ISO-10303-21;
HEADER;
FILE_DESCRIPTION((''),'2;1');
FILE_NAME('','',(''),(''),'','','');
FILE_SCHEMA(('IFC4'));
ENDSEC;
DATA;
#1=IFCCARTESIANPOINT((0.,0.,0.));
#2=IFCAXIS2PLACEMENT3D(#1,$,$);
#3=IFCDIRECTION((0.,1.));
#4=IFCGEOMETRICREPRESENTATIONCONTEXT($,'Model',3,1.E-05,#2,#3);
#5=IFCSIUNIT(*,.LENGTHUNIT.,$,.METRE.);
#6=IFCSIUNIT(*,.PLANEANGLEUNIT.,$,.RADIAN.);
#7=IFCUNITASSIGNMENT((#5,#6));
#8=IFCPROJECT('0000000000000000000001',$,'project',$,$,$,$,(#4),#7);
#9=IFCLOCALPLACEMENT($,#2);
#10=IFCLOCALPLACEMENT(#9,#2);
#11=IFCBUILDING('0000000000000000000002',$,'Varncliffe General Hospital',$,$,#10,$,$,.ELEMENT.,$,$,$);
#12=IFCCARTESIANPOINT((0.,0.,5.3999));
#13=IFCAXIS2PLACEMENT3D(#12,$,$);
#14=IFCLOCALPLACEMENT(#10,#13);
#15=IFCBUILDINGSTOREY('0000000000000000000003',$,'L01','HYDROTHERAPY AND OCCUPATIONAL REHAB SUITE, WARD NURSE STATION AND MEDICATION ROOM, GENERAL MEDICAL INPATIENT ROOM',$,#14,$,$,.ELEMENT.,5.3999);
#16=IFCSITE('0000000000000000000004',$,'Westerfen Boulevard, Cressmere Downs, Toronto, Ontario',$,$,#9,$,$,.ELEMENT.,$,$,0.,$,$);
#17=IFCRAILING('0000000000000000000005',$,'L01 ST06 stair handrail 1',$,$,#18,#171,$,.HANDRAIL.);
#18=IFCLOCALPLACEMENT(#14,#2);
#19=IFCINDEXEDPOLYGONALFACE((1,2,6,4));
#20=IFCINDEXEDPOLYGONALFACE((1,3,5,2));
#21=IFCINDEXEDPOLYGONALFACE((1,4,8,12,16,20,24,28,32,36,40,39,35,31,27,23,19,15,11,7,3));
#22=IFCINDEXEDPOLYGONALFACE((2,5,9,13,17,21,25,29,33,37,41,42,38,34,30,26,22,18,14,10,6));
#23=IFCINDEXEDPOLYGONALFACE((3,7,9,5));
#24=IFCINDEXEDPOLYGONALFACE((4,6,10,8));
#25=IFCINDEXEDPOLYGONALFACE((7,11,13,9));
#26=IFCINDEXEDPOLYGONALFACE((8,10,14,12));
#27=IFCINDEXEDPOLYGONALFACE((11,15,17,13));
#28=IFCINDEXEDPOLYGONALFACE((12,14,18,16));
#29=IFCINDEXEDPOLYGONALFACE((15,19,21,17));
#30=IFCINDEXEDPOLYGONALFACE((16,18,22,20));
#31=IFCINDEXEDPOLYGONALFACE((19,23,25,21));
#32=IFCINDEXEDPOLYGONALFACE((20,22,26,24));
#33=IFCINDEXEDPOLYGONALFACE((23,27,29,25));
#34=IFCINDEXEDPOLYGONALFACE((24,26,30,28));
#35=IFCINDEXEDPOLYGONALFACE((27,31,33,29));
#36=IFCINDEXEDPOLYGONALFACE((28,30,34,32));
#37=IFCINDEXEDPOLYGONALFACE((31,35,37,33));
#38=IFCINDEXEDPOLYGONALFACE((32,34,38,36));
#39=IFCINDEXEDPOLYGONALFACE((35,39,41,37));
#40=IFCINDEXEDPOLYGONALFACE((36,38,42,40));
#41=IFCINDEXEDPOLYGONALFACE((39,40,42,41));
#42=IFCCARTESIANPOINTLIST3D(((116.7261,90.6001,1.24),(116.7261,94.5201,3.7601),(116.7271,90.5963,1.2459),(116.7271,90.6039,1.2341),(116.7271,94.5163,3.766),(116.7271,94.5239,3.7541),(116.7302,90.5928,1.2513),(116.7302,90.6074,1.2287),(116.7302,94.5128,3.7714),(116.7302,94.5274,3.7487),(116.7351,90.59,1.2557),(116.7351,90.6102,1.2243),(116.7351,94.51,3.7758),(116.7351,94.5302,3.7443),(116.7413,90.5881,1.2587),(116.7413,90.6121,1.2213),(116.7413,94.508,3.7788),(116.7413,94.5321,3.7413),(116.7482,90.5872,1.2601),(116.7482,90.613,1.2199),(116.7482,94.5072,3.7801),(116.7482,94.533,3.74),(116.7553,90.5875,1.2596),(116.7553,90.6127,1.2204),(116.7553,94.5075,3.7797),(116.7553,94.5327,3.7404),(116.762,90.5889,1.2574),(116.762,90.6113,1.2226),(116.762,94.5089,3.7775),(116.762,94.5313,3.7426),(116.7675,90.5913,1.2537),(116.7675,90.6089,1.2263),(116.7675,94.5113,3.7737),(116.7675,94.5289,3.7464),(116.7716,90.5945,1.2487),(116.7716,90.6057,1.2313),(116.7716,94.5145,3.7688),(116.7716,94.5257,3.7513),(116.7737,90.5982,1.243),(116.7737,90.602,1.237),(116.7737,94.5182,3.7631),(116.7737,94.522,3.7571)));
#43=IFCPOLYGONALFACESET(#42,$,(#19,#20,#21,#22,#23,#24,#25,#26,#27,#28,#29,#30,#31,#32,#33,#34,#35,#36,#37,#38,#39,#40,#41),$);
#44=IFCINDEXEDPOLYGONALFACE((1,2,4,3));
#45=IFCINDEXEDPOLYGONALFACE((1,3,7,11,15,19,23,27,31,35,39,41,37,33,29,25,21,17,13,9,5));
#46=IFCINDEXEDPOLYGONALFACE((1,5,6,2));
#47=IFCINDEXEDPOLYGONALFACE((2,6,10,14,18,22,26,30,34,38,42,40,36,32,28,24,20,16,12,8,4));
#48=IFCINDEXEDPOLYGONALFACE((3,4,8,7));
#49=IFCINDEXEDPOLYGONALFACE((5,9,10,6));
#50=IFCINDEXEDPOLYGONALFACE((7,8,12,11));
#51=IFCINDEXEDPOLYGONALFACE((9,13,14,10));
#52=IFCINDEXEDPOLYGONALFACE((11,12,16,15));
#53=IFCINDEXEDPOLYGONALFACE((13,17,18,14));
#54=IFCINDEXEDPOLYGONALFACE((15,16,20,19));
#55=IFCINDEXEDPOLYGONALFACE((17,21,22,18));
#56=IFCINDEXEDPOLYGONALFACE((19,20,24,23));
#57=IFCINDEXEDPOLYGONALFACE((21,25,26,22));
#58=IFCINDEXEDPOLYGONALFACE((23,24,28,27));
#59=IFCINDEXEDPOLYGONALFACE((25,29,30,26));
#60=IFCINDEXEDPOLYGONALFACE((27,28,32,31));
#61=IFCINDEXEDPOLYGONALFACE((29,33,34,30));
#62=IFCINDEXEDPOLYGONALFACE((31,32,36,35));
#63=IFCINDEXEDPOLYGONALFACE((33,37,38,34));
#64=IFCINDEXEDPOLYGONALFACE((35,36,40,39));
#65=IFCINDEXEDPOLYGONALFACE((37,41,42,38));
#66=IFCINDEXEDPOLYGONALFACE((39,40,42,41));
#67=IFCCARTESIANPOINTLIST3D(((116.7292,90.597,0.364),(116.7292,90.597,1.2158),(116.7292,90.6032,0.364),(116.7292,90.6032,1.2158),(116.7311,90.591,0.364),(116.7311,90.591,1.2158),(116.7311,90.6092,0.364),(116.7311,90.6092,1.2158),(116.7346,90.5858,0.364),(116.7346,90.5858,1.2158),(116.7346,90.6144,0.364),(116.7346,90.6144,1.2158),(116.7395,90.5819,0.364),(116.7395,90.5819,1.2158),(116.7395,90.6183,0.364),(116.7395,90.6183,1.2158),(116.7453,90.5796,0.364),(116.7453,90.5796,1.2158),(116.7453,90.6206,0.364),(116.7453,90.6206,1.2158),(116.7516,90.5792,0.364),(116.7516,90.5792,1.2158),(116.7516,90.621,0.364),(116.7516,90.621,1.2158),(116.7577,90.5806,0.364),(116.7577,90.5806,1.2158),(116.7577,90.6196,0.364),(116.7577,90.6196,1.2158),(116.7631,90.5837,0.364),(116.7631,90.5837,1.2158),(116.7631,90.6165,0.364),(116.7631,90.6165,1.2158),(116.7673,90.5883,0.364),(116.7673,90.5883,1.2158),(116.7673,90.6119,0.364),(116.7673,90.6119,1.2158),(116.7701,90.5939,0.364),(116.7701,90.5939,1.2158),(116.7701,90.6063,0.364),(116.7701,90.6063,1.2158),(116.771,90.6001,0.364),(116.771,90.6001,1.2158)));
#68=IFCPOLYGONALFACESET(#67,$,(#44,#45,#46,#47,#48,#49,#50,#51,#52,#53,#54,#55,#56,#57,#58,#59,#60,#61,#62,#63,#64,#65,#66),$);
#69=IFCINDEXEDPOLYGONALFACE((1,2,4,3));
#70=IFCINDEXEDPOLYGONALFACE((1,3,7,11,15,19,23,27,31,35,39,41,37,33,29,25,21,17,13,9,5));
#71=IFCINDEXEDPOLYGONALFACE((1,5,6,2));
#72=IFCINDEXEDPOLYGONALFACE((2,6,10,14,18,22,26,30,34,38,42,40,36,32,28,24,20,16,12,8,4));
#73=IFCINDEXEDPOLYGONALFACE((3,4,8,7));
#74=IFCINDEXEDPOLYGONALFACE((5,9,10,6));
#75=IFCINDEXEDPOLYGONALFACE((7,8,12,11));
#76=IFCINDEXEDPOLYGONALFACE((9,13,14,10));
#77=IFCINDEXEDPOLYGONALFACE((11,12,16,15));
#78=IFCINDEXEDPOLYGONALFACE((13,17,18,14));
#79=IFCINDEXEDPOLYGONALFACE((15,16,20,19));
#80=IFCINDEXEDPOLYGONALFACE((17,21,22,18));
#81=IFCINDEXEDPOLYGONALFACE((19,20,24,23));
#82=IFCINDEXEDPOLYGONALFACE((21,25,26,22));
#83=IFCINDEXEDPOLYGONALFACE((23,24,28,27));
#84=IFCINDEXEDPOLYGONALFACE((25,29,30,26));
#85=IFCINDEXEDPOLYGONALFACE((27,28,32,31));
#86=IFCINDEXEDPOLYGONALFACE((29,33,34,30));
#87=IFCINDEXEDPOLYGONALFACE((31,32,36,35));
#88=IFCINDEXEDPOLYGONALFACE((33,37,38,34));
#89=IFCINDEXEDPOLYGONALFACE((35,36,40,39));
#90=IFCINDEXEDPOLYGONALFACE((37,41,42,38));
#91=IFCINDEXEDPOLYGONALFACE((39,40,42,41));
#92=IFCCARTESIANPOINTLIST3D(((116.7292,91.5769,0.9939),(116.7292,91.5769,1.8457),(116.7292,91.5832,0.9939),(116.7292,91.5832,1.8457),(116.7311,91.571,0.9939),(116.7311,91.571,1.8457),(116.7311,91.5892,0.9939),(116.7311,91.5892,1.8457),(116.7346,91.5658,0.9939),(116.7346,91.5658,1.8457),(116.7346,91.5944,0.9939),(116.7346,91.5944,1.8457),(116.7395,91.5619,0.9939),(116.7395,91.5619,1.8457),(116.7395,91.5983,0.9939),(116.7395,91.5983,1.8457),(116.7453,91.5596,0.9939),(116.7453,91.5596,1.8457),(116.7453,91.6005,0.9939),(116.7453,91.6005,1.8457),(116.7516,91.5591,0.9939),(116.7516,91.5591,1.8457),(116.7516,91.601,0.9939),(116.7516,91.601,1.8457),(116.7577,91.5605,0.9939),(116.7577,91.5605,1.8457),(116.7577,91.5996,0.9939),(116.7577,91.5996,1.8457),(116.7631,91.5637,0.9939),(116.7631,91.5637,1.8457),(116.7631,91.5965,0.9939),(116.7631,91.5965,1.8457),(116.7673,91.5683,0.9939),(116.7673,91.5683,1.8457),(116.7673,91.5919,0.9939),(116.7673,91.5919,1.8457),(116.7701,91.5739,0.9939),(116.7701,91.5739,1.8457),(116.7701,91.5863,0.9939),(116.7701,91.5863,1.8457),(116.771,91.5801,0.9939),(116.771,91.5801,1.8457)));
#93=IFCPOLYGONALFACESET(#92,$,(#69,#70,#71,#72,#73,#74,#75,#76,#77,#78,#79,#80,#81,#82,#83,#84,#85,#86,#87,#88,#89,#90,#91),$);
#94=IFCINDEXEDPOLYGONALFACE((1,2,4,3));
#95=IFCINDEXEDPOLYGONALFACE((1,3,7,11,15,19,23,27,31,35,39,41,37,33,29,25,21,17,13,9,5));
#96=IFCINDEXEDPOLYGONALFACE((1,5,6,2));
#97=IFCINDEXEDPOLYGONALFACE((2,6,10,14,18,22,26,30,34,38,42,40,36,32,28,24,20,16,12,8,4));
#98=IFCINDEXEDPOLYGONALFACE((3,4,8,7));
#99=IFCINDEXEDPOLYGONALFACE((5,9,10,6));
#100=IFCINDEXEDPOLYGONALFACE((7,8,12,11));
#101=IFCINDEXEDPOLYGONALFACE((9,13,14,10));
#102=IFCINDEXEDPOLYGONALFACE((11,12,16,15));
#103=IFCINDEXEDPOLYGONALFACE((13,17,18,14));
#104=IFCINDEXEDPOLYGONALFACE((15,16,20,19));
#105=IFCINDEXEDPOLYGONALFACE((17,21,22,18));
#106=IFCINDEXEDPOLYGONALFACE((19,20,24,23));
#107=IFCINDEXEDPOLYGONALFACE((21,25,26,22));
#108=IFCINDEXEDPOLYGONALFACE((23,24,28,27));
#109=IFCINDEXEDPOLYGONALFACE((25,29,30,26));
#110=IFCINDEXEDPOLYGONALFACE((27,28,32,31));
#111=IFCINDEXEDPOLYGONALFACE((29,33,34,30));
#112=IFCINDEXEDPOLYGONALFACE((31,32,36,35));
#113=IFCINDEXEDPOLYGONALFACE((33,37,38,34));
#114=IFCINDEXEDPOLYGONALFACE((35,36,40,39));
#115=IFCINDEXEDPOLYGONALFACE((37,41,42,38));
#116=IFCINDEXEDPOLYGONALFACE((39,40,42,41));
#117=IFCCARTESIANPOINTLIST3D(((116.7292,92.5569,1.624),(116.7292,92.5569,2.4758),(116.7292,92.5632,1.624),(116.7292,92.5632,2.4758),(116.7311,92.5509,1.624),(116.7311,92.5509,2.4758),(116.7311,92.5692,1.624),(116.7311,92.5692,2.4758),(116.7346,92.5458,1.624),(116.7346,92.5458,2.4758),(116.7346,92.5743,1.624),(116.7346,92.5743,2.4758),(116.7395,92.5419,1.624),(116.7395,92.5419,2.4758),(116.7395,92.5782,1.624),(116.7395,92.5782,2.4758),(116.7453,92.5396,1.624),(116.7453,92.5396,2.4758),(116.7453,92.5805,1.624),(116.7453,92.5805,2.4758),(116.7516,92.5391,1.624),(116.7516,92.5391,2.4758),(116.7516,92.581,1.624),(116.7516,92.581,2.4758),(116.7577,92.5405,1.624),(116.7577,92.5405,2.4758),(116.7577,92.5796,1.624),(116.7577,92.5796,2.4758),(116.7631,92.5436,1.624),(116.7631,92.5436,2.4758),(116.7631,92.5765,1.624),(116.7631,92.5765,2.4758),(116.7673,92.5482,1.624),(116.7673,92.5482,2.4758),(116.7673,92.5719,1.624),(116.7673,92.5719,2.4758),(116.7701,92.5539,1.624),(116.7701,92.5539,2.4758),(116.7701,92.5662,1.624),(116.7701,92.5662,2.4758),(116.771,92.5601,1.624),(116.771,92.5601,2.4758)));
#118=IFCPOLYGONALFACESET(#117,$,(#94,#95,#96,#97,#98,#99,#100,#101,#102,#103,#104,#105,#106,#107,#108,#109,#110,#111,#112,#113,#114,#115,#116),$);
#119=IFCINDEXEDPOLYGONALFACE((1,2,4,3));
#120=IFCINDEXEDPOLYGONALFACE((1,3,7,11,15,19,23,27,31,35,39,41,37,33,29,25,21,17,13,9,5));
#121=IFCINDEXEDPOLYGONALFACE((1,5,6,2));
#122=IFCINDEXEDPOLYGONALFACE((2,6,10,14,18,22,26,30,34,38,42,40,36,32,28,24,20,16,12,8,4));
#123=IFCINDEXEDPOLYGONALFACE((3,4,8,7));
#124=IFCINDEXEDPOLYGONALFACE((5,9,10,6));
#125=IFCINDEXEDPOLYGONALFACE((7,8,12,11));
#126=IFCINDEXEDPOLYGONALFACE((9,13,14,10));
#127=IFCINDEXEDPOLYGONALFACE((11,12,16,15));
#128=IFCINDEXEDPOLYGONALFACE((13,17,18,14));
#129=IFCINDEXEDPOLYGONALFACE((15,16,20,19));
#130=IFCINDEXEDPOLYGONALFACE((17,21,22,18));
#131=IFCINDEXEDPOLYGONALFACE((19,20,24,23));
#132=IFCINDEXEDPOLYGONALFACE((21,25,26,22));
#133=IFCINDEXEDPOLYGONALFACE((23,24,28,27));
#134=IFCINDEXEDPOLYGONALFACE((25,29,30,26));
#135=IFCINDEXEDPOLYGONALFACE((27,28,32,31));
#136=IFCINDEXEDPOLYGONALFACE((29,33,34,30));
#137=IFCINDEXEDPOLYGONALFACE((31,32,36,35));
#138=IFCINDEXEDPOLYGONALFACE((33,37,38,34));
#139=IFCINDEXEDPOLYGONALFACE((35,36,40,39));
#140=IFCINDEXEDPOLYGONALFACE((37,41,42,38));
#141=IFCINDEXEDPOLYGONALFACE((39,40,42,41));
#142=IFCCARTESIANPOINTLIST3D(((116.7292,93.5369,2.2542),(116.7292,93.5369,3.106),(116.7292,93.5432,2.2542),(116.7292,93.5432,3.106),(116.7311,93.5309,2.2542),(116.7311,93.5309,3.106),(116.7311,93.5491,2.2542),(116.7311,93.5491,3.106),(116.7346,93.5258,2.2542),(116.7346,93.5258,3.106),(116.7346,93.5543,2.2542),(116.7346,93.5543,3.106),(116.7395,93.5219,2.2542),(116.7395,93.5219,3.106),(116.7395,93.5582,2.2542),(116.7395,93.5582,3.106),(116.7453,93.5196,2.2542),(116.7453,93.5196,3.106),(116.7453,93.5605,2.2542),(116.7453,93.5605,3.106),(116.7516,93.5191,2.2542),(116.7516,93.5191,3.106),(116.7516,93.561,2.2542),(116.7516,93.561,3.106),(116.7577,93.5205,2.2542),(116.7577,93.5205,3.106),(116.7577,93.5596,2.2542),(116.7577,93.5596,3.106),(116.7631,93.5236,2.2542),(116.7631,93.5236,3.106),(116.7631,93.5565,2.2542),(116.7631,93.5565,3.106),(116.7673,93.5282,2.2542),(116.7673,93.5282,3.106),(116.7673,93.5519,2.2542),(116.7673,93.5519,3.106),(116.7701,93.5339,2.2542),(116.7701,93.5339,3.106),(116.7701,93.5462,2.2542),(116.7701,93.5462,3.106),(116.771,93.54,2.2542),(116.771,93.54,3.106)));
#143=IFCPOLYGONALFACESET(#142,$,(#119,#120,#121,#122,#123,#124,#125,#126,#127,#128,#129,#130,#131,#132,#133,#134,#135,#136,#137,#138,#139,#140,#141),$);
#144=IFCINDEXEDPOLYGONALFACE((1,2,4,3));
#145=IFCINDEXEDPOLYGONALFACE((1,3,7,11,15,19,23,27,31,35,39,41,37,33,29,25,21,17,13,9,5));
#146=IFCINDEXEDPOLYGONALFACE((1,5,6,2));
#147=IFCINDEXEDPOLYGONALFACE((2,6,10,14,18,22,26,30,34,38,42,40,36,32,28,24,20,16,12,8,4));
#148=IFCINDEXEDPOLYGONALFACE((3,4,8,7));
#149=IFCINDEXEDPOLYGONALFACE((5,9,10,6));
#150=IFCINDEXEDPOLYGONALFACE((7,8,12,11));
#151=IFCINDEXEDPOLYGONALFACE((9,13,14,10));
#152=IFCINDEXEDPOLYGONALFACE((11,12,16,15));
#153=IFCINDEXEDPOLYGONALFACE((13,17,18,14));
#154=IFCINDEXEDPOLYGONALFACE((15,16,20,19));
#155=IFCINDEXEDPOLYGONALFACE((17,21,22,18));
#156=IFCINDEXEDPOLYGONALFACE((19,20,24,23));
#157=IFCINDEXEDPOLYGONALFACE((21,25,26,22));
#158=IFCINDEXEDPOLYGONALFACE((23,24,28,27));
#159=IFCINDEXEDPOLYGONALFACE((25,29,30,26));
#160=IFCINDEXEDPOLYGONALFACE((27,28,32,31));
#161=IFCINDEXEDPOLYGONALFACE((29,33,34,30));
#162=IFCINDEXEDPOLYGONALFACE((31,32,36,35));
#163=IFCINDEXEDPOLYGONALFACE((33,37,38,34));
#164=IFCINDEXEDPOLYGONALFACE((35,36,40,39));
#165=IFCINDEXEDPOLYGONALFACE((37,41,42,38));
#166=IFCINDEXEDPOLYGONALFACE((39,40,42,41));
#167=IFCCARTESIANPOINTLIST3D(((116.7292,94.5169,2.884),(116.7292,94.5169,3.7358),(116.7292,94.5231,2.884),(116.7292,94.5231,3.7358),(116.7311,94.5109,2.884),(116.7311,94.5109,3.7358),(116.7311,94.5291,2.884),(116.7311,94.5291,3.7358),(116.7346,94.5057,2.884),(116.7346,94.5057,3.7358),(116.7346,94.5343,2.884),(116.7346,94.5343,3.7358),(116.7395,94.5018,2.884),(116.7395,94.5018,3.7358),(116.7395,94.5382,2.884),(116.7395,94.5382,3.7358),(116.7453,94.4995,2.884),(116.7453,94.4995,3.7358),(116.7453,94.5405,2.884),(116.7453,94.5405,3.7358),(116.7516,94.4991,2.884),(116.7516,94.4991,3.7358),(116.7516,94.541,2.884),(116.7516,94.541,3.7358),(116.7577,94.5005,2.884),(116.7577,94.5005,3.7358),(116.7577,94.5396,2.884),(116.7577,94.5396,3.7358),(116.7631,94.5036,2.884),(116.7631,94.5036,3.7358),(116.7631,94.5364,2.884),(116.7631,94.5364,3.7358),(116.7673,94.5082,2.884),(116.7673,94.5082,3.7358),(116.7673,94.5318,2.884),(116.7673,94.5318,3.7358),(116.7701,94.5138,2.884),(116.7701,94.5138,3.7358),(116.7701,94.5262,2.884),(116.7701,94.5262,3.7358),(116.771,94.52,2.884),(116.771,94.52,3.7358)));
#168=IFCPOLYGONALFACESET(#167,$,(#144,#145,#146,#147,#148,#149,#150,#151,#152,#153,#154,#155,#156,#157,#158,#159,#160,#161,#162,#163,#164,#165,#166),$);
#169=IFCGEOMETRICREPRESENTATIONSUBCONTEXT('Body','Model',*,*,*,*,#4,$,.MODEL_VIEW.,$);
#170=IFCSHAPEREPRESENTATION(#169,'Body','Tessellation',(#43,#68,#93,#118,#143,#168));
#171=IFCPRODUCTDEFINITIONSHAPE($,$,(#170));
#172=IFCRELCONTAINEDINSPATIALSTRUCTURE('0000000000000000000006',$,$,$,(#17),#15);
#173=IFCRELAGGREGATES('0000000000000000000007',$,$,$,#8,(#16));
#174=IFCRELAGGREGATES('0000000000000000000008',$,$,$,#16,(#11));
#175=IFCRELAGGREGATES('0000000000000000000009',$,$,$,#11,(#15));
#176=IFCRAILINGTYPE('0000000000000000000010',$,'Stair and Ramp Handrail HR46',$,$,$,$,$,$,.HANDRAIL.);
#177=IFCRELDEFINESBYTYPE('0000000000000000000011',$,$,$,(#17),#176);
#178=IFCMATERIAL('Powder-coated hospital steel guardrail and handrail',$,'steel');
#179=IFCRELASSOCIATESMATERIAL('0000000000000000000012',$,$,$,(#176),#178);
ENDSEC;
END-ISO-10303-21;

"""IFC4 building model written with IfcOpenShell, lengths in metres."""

from ifc_helpers import new_model, si_unit, direction, frame, origin, origin_2d, place, context, subcontext, project, spatial, circle, extrude, material, type_object, element, save


model = new_model("IFC4")

# Units and contexts
model_context = context("Model", 3, precision=1e-05, world=origin(), true_north=direction((0.0, 1.0)))
body_context = subcontext(model_context, "Body", "Model", "MODEL_VIEW")
ifc_project = project(units=[si_unit("LENGTHUNIT", "METRE"), si_unit("PLANEANGLEUNIT", "RADIAN")], contexts=[model_context])

# Site, building, storey
site_placement = place(None, origin())
site = spatial("IfcSite", under=ifc_project, at=site_placement, Name="Westerfen Boulevard, Cressmere Downs, Toronto, Ontario", CompositionType="ELEMENT", RefElevation=0.0)
building_placement = place(site_placement, origin())
building = spatial("IfcBuilding", under=site, at=building_placement, Name="Varncliffe General Hospital", CompositionType="ELEMENT")
storey_placement = place(building_placement, frame((0.0, 0.0, 5.3999)))
storey = spatial("IfcBuildingStorey", under=building, at=storey_placement, Name="L01", Description="HYDROTHERAPY AND OCCUPATIONAL REHAB SUITE, WARD NURSE STATION AND MEDICATION ROOM, GENERAL MEDICAL INPATIENT ROOM", CompositionType="ELEMENT", Elevation=5.3999)

# Railing
ifc_material_1 = material(Name="Powder-coated hospital steel guardrail and handrail", Category="steel")
railing_type_1 = type_object("IfcRailingType", Name="Stair and Ramp Handrail HR46", PredefinedType="HANDRAIL", material=ifc_material_1)
railing_1_placement = place(storey_placement, frame((116.75, 90.6001, 0.364)))
element("IfcRailing", 1, at=railing_1_placement, inside=storey, type_object=railing_type_1, Name="L01 ST06 stair handrail 1", PredefinedType="HANDRAIL", context=body_context, shape_type="SweptSolid", body=[
    extrude(circle(Radius=0.0239, at=origin_2d()), frame((0.0, 0.0, 0.876), z_axis=(0.0, 0.841172, 0.540768), x_axis=(-1.0, 0.0, 0.0)), (0.0, 0.0, 1.0), 4.6602),
    extrude(circle(Radius=0.021, at=origin_2d()), origin(), (0.0, 0.0, 1.0), 0.8518),
    extrude(circle(Radius=0.021, at=origin_2d()), frame((0.0, 0.98, 0.6299)), (0.0, 0.0, 1.0), 0.8518),
    extrude(circle(Radius=0.021, at=origin_2d()), frame((0.0, 1.96, 1.26)), (0.0, 0.0, 1.0), 0.8518),
    extrude(circle(Radius=0.021, at=origin_2d()), frame((0.0, 2.9399, 1.8901)), (0.0, 0.0, 1.0), 0.8518),
    extrude(circle(Radius=0.021, at=origin_2d()), frame((0.0, 3.9199, 2.52)), (0.0, 0.0, 1.0), 0.8518),
])

save(model, "model.ifc")
